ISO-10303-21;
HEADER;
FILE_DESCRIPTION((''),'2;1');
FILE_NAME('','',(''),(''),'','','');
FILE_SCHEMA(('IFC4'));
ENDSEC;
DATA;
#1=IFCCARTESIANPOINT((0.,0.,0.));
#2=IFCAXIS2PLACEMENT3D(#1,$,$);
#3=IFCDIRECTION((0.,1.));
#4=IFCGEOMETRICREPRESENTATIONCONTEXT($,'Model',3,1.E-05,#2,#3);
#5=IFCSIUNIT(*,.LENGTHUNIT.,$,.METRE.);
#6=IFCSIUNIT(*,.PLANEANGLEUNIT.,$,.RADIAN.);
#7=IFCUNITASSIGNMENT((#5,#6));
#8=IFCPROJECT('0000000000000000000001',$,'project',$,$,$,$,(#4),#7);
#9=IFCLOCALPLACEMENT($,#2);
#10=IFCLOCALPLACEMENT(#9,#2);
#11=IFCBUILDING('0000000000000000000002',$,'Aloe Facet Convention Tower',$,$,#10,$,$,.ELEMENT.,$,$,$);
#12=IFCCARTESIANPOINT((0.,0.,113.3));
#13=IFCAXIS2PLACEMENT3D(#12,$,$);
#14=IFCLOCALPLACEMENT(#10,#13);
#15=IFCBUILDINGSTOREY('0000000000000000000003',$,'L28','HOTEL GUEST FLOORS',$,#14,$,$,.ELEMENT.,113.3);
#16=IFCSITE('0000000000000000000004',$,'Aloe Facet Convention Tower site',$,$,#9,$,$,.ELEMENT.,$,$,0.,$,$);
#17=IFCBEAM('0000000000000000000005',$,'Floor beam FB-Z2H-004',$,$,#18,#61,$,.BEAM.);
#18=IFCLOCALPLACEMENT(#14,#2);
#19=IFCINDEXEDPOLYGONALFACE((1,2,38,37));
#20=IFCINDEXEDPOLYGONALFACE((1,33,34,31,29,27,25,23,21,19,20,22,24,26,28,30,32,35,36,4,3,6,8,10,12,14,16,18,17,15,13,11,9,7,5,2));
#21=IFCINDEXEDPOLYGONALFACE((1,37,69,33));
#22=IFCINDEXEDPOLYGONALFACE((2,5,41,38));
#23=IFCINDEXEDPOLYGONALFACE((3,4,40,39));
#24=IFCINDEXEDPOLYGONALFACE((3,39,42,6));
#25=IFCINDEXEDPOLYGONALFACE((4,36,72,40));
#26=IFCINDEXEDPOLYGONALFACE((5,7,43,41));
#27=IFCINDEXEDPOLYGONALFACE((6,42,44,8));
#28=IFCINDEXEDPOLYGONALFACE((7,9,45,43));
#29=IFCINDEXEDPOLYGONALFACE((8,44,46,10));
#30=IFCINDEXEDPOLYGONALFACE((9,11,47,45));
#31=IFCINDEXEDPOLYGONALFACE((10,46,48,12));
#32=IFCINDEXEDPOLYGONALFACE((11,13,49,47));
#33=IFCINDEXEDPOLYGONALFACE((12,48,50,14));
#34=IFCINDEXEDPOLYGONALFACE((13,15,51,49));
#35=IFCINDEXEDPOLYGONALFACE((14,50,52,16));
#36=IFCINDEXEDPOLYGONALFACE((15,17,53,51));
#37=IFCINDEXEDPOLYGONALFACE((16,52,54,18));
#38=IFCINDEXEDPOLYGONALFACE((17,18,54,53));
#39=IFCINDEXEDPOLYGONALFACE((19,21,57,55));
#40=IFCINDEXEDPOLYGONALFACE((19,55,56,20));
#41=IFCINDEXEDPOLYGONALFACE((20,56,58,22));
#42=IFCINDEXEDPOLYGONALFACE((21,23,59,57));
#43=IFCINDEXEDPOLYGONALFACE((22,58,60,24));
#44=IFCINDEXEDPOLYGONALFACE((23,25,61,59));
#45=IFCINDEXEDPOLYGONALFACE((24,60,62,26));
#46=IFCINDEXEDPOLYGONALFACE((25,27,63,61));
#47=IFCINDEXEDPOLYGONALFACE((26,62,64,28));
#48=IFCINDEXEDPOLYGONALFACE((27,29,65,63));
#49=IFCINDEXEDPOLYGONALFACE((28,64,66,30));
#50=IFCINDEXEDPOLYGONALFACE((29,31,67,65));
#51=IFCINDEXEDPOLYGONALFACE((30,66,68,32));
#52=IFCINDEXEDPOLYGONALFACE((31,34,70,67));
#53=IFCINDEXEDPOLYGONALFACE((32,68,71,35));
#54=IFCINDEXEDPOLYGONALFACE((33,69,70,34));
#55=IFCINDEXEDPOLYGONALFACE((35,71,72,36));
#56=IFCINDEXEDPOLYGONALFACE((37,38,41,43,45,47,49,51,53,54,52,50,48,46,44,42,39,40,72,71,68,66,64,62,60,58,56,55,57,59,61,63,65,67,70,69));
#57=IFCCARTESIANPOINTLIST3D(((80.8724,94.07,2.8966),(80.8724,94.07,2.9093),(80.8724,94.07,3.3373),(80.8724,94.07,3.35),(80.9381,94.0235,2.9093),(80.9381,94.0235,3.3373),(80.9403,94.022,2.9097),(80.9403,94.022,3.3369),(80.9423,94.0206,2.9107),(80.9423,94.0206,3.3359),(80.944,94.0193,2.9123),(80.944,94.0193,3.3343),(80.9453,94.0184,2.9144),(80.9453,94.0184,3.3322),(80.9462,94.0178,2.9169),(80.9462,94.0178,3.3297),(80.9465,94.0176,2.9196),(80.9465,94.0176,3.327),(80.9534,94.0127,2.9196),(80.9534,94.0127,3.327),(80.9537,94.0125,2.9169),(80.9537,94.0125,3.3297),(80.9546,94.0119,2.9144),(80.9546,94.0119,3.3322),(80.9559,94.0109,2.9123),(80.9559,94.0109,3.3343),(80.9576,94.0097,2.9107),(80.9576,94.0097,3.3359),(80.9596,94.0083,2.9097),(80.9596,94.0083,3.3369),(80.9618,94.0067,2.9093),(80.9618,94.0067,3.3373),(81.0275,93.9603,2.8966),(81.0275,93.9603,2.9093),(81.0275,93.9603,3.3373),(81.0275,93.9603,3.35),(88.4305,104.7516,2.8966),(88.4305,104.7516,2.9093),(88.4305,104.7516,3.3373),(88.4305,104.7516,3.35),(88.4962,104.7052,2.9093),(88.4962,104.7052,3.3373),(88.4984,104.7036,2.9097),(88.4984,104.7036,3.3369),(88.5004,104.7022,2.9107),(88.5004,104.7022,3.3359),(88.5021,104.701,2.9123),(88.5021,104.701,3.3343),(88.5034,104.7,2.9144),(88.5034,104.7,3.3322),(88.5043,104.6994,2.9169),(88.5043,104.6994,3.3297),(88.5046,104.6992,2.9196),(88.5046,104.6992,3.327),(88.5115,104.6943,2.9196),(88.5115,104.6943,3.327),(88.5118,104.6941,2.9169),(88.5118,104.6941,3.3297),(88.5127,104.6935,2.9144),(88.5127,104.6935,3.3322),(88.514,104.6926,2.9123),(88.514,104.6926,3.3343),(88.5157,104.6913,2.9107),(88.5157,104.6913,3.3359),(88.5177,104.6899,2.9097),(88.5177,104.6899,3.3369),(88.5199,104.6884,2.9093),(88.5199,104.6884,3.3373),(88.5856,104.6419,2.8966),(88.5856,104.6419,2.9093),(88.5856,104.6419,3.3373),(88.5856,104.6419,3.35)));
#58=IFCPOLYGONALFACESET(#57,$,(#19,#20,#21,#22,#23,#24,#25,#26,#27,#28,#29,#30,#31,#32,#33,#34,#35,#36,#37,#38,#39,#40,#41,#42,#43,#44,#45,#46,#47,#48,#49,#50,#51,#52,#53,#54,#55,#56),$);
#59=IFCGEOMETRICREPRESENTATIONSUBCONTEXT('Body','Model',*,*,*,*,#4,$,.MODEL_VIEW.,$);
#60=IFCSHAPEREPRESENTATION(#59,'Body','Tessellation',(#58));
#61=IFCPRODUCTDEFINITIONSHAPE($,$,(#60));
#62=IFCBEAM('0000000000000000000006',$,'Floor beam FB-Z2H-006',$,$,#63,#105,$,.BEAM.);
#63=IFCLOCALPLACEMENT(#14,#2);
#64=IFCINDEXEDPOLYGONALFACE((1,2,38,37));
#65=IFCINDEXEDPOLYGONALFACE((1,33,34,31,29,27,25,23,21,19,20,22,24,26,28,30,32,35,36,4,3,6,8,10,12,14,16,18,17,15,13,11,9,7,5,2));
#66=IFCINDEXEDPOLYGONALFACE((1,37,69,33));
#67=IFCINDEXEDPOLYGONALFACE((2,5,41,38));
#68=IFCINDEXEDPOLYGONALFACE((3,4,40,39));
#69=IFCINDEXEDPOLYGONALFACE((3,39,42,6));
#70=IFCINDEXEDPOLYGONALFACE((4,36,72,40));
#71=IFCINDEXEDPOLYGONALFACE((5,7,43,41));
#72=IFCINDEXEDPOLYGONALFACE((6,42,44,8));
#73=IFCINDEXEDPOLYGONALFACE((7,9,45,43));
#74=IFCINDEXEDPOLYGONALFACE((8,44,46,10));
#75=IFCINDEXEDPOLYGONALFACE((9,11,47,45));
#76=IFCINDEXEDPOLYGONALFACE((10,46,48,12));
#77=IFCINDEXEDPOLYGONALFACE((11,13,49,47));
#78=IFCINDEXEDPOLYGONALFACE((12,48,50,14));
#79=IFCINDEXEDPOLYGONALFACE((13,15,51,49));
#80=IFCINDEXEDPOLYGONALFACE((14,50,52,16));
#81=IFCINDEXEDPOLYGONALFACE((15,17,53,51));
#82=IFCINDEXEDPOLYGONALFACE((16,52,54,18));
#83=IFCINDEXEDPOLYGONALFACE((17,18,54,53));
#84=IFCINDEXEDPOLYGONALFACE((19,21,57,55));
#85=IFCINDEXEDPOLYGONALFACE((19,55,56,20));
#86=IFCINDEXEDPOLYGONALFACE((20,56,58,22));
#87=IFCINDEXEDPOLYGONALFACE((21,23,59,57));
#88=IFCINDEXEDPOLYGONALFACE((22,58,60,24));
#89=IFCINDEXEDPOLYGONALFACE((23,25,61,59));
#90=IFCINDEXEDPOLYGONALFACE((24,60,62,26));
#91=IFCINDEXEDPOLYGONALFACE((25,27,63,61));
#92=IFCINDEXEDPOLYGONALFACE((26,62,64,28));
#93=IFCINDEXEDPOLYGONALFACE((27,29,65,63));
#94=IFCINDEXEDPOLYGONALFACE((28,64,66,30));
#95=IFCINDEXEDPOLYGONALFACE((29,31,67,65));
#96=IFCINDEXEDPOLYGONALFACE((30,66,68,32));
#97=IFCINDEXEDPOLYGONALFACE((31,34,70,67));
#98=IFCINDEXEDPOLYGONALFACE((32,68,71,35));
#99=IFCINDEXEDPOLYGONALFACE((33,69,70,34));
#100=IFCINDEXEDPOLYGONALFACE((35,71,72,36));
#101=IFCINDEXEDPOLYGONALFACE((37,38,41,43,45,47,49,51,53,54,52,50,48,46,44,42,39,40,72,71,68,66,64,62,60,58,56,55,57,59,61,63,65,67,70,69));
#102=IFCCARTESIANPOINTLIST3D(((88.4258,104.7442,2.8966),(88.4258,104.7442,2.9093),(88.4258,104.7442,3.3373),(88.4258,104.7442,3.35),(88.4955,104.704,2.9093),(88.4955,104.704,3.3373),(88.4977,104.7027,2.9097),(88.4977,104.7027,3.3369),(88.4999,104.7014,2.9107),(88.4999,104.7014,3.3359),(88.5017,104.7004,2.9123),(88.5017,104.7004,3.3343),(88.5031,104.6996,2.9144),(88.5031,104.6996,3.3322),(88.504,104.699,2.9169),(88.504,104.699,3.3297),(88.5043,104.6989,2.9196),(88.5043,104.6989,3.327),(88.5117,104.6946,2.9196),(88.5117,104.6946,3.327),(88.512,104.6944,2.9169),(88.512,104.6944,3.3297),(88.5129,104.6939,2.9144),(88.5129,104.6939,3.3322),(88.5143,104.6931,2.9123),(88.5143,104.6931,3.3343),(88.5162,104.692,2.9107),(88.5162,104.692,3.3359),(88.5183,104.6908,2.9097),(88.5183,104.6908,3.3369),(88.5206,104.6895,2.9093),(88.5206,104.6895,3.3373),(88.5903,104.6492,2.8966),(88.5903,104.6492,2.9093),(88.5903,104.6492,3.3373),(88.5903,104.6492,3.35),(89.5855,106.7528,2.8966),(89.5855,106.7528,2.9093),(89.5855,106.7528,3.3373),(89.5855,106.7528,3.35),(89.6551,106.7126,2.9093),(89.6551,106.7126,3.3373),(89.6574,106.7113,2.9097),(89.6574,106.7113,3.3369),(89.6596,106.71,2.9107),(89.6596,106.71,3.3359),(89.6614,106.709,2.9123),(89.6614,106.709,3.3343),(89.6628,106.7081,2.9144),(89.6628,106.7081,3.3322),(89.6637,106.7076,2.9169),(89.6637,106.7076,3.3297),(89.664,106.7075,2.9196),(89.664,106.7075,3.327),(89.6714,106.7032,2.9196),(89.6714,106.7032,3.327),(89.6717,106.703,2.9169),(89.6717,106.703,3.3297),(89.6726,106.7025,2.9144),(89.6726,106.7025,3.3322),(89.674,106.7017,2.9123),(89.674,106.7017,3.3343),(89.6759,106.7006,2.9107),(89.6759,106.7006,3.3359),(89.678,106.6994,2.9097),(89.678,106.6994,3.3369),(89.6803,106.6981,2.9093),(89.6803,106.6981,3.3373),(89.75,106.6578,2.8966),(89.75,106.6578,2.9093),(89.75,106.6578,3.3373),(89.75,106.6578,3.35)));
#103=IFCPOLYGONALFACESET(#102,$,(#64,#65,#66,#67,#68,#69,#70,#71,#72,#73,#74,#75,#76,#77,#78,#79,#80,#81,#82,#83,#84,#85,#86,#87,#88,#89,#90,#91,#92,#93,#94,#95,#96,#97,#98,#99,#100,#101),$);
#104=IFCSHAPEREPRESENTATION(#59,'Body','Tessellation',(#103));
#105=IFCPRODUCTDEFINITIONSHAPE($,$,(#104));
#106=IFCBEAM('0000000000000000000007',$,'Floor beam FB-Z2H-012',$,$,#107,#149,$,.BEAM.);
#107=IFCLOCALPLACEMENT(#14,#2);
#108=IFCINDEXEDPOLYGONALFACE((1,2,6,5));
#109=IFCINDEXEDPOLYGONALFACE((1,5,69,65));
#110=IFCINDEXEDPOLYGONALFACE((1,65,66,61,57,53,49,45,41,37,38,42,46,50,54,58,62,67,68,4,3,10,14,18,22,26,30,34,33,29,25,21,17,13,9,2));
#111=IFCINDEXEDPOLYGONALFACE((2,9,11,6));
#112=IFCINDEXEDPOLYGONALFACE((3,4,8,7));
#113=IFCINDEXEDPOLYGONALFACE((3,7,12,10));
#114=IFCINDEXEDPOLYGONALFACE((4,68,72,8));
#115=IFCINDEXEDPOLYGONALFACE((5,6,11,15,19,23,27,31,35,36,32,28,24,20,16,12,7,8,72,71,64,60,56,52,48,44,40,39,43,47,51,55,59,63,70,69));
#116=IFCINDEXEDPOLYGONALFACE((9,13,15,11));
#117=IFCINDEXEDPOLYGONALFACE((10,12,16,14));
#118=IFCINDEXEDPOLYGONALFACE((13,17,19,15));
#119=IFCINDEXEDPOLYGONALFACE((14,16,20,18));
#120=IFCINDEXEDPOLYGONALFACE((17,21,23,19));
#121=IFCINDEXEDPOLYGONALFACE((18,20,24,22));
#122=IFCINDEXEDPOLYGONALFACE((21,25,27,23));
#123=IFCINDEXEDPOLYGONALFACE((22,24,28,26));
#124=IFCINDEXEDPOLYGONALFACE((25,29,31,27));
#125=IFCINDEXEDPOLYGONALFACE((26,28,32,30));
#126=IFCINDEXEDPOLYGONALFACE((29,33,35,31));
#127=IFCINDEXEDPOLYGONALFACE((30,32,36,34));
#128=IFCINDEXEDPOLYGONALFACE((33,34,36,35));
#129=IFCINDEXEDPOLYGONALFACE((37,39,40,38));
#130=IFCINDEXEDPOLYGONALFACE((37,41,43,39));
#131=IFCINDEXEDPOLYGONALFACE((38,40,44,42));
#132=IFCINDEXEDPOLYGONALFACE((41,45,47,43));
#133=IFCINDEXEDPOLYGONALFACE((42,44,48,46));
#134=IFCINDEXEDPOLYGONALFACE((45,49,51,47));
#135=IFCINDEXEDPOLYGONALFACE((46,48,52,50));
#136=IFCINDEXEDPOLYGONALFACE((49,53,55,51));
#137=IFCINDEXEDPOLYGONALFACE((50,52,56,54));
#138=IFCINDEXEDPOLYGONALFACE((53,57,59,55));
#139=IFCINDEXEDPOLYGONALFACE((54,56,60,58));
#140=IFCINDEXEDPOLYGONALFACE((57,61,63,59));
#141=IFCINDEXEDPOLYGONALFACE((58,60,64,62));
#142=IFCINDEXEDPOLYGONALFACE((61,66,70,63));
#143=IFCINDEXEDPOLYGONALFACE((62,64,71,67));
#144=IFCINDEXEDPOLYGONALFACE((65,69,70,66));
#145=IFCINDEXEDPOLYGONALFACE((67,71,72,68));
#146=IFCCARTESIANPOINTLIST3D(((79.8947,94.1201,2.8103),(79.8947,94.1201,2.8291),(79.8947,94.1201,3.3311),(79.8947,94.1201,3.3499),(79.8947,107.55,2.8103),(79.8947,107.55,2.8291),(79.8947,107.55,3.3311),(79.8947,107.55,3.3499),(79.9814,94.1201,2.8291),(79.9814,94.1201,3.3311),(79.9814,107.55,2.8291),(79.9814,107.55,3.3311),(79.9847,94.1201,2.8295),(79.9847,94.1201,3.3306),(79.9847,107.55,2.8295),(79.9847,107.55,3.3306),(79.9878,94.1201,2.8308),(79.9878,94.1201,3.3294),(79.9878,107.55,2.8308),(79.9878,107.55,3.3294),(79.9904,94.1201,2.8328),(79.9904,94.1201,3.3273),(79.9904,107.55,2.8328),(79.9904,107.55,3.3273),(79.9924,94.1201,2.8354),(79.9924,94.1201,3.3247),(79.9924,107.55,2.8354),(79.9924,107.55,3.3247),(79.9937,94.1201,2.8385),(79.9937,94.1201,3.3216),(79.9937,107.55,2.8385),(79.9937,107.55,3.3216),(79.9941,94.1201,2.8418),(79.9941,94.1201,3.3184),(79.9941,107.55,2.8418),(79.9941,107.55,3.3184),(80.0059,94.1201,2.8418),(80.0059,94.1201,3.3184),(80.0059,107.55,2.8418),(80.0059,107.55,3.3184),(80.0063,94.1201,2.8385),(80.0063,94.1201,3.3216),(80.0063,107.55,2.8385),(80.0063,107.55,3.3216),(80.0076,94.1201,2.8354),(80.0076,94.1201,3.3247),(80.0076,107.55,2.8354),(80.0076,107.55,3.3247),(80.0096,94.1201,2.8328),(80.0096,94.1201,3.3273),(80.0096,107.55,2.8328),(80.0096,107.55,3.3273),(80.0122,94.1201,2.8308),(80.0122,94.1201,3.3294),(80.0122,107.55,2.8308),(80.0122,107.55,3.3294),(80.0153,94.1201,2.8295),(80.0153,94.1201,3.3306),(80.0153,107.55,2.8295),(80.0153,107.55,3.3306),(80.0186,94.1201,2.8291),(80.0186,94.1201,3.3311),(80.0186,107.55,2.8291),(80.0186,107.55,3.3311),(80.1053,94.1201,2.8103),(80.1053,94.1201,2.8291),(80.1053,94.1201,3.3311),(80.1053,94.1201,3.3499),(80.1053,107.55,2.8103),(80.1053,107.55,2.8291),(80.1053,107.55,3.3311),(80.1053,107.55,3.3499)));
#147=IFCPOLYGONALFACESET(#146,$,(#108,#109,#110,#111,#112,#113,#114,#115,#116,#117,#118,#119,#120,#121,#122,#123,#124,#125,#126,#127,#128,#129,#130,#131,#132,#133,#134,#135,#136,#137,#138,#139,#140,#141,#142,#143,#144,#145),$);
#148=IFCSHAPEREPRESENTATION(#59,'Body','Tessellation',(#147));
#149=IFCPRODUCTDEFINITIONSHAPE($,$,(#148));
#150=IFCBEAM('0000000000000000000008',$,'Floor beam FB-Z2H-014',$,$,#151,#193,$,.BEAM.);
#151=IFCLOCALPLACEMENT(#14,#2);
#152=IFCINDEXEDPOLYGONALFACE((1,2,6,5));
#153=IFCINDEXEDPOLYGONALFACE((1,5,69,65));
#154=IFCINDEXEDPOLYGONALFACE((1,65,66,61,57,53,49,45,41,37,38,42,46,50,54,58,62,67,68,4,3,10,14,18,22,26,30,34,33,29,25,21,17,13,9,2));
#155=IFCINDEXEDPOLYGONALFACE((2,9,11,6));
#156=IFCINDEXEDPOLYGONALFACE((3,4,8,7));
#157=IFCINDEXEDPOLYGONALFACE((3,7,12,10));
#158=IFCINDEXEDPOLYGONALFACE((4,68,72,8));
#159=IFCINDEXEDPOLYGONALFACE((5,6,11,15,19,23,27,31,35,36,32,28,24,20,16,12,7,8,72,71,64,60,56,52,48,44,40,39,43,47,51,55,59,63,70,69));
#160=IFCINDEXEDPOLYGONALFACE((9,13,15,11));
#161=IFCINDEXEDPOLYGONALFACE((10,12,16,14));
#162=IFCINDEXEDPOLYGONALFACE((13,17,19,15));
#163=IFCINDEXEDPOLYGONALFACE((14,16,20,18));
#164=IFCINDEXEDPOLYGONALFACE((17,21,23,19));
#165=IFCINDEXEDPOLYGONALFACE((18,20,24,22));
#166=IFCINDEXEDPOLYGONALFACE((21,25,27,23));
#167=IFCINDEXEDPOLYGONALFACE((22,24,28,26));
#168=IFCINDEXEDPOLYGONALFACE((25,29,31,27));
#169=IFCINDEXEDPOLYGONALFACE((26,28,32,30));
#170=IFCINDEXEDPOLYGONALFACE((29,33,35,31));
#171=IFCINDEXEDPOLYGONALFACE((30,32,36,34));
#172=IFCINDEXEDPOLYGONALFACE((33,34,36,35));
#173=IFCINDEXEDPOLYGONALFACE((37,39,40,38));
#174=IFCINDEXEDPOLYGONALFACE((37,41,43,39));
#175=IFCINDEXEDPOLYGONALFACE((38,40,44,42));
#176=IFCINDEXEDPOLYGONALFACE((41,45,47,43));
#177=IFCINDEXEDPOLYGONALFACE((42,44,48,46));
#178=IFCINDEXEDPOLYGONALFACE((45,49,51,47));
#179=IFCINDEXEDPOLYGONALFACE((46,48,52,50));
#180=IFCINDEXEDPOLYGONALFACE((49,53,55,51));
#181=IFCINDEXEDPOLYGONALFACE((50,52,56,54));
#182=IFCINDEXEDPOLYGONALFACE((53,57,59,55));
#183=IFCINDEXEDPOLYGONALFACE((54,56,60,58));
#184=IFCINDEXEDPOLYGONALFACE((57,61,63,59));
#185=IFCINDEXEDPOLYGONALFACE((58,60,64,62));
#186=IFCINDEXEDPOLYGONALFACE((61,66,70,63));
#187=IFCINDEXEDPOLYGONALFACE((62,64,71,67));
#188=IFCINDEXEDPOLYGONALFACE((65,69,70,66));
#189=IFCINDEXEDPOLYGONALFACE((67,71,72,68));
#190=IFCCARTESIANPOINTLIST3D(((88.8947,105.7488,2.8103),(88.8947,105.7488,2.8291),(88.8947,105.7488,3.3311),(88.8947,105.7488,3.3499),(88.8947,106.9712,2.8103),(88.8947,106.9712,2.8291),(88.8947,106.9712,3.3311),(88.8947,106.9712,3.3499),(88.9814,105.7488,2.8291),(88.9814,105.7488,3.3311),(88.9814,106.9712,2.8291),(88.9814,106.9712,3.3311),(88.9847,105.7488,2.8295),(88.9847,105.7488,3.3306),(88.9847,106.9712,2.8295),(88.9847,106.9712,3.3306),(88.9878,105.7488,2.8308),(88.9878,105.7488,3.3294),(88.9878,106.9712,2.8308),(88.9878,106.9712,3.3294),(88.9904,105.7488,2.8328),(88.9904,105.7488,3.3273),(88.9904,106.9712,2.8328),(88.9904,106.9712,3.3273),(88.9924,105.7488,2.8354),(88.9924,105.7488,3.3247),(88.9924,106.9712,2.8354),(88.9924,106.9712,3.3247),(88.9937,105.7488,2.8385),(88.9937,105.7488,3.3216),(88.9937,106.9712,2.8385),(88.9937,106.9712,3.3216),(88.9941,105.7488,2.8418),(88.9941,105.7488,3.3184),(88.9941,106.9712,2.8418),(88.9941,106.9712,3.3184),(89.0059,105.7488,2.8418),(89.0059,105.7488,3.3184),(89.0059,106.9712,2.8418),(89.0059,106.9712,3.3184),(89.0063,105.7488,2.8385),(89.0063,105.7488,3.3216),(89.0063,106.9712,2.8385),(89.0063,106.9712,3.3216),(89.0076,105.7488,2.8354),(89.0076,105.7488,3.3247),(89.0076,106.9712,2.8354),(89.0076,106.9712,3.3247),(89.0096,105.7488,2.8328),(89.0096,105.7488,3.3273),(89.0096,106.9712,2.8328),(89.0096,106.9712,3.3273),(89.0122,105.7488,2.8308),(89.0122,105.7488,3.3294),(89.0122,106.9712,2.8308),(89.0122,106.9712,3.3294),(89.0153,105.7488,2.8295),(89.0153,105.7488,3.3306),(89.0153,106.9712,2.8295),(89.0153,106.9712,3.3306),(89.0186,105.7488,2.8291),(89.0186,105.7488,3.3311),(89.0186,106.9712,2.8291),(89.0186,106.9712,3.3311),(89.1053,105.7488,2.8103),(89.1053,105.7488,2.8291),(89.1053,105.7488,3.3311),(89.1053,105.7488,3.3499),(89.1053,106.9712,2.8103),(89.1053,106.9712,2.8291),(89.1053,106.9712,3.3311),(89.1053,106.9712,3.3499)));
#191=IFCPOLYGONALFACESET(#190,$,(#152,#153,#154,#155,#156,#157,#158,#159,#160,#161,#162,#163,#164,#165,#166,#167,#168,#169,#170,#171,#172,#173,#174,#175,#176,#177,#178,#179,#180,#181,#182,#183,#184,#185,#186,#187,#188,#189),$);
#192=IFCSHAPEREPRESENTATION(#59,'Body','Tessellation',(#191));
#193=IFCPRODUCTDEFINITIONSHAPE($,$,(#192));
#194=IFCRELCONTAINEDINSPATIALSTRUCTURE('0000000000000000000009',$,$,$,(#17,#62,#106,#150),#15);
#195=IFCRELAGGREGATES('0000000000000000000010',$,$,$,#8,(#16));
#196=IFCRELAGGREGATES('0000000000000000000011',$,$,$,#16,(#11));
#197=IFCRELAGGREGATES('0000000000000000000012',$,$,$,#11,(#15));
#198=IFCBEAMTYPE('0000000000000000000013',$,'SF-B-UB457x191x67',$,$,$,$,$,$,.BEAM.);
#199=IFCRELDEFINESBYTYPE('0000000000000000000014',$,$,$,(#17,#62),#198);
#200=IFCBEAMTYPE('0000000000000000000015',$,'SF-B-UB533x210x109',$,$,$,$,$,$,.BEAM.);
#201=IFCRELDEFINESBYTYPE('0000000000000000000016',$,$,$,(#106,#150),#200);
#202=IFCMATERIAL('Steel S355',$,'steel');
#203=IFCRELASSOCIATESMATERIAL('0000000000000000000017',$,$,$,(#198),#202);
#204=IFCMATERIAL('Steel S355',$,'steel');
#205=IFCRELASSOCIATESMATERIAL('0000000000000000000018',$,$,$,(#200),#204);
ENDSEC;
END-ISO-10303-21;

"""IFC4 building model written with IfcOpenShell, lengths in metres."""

from ifc_helpers import new_model, si_unit, direction, frame, origin, origin_2d, place, context, subcontext, project, spatial, i_section, extrude, material, material_profile, profile_set, type_object, element, save


model = new_model("IFC4")

# Units and contexts
model_context = context("Model", 3, precision=1e-05, world=origin(), true_north=direction((0.0, 1.0)))
body_context = subcontext(model_context, "Body", "Model", "MODEL_VIEW")
ifc_project = project(units=[si_unit("LENGTHUNIT", "METRE"), si_unit("PLANEANGLEUNIT", "RADIAN")], contexts=[model_context])

# Site, building, storey
site_placement = place(None, origin())
site = spatial("IfcSite", under=ifc_project, at=site_placement, Name="Aloe Facet Convention Tower site", CompositionType="ELEMENT", RefElevation=0.0)
building_placement = place(site_placement, origin())
building = spatial("IfcBuilding", under=site, at=building_placement, Name="Aloe Facet Convention Tower", CompositionType="ELEMENT")
storey_placement = place(building_placement, frame((0.0, 0.0, 113.3)))
storey = spatial("IfcBuildingStorey", under=building, at=storey_placement, Name="L28", Description="HOTEL GUEST FLOORS", CompositionType="ELEMENT", Elevation=113.3)

# Beams
ifc_material_1 = material(Name="Steel S355", Category="steel")
ifc_material_profile_1 = material_profile(ifc_material_1, i_section(OverallWidth=0.1899, OverallDepth=0.4534, WebThickness=0.0085, FlangeThickness=0.0127, FilletRadius=0.0103, at=origin_2d()), Name="UB 457x191x67")
ifc_profile_set_1 = profile_set([ifc_material_profile_1], Name="Steel S355")
beam_type_1 = type_object("IfcBeamType", Name="SF-B-UB457x191x67", PredefinedType="BEAM", material=ifc_profile_set_1)
beam_1_placement = place(storey_placement, frame((88.5081, 104.6968, 3.1233), z_axis=(-0.577607, -0.816315, 0.0), x_axis=(0.816315, -0.577607, 0.0)))
element("IfcBeam", 1, at=beam_1_placement, inside=storey, type_object=beam_type_1, Name="Floor beam FB-Z2H-004", PredefinedType="BEAM", context=body_context, shape_type="SweptSolid", body=[
    extrude(i_section(OverallWidth=0.1899, OverallDepth=0.4534, WebThickness=0.0085, FlangeThickness=0.0127, FilletRadius=0.0103, at=origin_2d()), origin(), (0.0, 0.0, 1.0), 13.0852),
])
beam_2_placement = place(storey_placement, frame((89.6677, 106.7053, 3.1233), z_axis=(-0.500011, -0.866019, 0.0), x_axis=(0.866019, -0.500011, 0.0)))
element("IfcBeam", 2, at=beam_2_placement, inside=storey, type_object=beam_type_1, Name="Floor beam FB-Z2H-006", PredefinedType="BEAM", context=body_context, shape_type="SweptSolid", body=[
    extrude(i_section(OverallWidth=0.1899, OverallDepth=0.4534, WebThickness=0.0085, FlangeThickness=0.0127, FilletRadius=0.0103, at=origin_2d()), origin(), (0.0, 0.0, 1.0), 2.3193),
])
ifc_material_2 = material(Name="Steel S355", Category="steel")
ifc_material_profile_2 = material_profile(ifc_material_2, i_section(OverallWidth=0.2107, OverallDepth=0.5396, WebThickness=0.0117, FlangeThickness=0.0188, FilletRadius=0.0127, at=origin_2d()), Name="UB 533x210x109")
ifc_profile_set_2 = profile_set([ifc_material_profile_2], Name="Steel S355")
beam_type_2 = type_object("IfcBeamType", Name="SF-B-UB533x210x109", PredefinedType="BEAM", material=ifc_profile_set_2)
beam_3_placement = place(storey_placement, frame((80.0, 107.55, 3.0801), z_axis=(0.0, -1.0, 0.0), x_axis=(1.0, 0.0, 0.0)))
element("IfcBeam", 3, at=beam_3_placement, inside=storey, type_object=beam_type_2, Name="Floor beam FB-Z2H-012", PredefinedType="BEAM", context=body_context, shape_type="SweptSolid", body=[
    extrude(i_section(OverallWidth=0.2107, OverallDepth=0.5396, WebThickness=0.0117, FlangeThickness=0.0188, FilletRadius=0.0127, at=origin_2d()), origin(), (0.0, 0.0, 1.0), 13.4299),
])
beam_4_placement = place(storey_placement, frame((89.0, 106.9712, 3.0801), z_axis=(0.0, -1.0, 0.0), x_axis=(1.0, 0.0, 0.0)))
element("IfcBeam", 4, at=beam_4_placement, inside=storey, type_object=beam_type_2, Name="Floor beam FB-Z2H-014", PredefinedType="BEAM", context=body_context, shape_type="SweptSolid", body=[
    extrude(i_section(OverallWidth=0.2107, OverallDepth=0.5396, WebThickness=0.0117, FlangeThickness=0.0188, FilletRadius=0.0127, at=origin_2d()), origin(), (0.0, 0.0, 1.0), 1.2224),
])

save(model, "model.ifc")
